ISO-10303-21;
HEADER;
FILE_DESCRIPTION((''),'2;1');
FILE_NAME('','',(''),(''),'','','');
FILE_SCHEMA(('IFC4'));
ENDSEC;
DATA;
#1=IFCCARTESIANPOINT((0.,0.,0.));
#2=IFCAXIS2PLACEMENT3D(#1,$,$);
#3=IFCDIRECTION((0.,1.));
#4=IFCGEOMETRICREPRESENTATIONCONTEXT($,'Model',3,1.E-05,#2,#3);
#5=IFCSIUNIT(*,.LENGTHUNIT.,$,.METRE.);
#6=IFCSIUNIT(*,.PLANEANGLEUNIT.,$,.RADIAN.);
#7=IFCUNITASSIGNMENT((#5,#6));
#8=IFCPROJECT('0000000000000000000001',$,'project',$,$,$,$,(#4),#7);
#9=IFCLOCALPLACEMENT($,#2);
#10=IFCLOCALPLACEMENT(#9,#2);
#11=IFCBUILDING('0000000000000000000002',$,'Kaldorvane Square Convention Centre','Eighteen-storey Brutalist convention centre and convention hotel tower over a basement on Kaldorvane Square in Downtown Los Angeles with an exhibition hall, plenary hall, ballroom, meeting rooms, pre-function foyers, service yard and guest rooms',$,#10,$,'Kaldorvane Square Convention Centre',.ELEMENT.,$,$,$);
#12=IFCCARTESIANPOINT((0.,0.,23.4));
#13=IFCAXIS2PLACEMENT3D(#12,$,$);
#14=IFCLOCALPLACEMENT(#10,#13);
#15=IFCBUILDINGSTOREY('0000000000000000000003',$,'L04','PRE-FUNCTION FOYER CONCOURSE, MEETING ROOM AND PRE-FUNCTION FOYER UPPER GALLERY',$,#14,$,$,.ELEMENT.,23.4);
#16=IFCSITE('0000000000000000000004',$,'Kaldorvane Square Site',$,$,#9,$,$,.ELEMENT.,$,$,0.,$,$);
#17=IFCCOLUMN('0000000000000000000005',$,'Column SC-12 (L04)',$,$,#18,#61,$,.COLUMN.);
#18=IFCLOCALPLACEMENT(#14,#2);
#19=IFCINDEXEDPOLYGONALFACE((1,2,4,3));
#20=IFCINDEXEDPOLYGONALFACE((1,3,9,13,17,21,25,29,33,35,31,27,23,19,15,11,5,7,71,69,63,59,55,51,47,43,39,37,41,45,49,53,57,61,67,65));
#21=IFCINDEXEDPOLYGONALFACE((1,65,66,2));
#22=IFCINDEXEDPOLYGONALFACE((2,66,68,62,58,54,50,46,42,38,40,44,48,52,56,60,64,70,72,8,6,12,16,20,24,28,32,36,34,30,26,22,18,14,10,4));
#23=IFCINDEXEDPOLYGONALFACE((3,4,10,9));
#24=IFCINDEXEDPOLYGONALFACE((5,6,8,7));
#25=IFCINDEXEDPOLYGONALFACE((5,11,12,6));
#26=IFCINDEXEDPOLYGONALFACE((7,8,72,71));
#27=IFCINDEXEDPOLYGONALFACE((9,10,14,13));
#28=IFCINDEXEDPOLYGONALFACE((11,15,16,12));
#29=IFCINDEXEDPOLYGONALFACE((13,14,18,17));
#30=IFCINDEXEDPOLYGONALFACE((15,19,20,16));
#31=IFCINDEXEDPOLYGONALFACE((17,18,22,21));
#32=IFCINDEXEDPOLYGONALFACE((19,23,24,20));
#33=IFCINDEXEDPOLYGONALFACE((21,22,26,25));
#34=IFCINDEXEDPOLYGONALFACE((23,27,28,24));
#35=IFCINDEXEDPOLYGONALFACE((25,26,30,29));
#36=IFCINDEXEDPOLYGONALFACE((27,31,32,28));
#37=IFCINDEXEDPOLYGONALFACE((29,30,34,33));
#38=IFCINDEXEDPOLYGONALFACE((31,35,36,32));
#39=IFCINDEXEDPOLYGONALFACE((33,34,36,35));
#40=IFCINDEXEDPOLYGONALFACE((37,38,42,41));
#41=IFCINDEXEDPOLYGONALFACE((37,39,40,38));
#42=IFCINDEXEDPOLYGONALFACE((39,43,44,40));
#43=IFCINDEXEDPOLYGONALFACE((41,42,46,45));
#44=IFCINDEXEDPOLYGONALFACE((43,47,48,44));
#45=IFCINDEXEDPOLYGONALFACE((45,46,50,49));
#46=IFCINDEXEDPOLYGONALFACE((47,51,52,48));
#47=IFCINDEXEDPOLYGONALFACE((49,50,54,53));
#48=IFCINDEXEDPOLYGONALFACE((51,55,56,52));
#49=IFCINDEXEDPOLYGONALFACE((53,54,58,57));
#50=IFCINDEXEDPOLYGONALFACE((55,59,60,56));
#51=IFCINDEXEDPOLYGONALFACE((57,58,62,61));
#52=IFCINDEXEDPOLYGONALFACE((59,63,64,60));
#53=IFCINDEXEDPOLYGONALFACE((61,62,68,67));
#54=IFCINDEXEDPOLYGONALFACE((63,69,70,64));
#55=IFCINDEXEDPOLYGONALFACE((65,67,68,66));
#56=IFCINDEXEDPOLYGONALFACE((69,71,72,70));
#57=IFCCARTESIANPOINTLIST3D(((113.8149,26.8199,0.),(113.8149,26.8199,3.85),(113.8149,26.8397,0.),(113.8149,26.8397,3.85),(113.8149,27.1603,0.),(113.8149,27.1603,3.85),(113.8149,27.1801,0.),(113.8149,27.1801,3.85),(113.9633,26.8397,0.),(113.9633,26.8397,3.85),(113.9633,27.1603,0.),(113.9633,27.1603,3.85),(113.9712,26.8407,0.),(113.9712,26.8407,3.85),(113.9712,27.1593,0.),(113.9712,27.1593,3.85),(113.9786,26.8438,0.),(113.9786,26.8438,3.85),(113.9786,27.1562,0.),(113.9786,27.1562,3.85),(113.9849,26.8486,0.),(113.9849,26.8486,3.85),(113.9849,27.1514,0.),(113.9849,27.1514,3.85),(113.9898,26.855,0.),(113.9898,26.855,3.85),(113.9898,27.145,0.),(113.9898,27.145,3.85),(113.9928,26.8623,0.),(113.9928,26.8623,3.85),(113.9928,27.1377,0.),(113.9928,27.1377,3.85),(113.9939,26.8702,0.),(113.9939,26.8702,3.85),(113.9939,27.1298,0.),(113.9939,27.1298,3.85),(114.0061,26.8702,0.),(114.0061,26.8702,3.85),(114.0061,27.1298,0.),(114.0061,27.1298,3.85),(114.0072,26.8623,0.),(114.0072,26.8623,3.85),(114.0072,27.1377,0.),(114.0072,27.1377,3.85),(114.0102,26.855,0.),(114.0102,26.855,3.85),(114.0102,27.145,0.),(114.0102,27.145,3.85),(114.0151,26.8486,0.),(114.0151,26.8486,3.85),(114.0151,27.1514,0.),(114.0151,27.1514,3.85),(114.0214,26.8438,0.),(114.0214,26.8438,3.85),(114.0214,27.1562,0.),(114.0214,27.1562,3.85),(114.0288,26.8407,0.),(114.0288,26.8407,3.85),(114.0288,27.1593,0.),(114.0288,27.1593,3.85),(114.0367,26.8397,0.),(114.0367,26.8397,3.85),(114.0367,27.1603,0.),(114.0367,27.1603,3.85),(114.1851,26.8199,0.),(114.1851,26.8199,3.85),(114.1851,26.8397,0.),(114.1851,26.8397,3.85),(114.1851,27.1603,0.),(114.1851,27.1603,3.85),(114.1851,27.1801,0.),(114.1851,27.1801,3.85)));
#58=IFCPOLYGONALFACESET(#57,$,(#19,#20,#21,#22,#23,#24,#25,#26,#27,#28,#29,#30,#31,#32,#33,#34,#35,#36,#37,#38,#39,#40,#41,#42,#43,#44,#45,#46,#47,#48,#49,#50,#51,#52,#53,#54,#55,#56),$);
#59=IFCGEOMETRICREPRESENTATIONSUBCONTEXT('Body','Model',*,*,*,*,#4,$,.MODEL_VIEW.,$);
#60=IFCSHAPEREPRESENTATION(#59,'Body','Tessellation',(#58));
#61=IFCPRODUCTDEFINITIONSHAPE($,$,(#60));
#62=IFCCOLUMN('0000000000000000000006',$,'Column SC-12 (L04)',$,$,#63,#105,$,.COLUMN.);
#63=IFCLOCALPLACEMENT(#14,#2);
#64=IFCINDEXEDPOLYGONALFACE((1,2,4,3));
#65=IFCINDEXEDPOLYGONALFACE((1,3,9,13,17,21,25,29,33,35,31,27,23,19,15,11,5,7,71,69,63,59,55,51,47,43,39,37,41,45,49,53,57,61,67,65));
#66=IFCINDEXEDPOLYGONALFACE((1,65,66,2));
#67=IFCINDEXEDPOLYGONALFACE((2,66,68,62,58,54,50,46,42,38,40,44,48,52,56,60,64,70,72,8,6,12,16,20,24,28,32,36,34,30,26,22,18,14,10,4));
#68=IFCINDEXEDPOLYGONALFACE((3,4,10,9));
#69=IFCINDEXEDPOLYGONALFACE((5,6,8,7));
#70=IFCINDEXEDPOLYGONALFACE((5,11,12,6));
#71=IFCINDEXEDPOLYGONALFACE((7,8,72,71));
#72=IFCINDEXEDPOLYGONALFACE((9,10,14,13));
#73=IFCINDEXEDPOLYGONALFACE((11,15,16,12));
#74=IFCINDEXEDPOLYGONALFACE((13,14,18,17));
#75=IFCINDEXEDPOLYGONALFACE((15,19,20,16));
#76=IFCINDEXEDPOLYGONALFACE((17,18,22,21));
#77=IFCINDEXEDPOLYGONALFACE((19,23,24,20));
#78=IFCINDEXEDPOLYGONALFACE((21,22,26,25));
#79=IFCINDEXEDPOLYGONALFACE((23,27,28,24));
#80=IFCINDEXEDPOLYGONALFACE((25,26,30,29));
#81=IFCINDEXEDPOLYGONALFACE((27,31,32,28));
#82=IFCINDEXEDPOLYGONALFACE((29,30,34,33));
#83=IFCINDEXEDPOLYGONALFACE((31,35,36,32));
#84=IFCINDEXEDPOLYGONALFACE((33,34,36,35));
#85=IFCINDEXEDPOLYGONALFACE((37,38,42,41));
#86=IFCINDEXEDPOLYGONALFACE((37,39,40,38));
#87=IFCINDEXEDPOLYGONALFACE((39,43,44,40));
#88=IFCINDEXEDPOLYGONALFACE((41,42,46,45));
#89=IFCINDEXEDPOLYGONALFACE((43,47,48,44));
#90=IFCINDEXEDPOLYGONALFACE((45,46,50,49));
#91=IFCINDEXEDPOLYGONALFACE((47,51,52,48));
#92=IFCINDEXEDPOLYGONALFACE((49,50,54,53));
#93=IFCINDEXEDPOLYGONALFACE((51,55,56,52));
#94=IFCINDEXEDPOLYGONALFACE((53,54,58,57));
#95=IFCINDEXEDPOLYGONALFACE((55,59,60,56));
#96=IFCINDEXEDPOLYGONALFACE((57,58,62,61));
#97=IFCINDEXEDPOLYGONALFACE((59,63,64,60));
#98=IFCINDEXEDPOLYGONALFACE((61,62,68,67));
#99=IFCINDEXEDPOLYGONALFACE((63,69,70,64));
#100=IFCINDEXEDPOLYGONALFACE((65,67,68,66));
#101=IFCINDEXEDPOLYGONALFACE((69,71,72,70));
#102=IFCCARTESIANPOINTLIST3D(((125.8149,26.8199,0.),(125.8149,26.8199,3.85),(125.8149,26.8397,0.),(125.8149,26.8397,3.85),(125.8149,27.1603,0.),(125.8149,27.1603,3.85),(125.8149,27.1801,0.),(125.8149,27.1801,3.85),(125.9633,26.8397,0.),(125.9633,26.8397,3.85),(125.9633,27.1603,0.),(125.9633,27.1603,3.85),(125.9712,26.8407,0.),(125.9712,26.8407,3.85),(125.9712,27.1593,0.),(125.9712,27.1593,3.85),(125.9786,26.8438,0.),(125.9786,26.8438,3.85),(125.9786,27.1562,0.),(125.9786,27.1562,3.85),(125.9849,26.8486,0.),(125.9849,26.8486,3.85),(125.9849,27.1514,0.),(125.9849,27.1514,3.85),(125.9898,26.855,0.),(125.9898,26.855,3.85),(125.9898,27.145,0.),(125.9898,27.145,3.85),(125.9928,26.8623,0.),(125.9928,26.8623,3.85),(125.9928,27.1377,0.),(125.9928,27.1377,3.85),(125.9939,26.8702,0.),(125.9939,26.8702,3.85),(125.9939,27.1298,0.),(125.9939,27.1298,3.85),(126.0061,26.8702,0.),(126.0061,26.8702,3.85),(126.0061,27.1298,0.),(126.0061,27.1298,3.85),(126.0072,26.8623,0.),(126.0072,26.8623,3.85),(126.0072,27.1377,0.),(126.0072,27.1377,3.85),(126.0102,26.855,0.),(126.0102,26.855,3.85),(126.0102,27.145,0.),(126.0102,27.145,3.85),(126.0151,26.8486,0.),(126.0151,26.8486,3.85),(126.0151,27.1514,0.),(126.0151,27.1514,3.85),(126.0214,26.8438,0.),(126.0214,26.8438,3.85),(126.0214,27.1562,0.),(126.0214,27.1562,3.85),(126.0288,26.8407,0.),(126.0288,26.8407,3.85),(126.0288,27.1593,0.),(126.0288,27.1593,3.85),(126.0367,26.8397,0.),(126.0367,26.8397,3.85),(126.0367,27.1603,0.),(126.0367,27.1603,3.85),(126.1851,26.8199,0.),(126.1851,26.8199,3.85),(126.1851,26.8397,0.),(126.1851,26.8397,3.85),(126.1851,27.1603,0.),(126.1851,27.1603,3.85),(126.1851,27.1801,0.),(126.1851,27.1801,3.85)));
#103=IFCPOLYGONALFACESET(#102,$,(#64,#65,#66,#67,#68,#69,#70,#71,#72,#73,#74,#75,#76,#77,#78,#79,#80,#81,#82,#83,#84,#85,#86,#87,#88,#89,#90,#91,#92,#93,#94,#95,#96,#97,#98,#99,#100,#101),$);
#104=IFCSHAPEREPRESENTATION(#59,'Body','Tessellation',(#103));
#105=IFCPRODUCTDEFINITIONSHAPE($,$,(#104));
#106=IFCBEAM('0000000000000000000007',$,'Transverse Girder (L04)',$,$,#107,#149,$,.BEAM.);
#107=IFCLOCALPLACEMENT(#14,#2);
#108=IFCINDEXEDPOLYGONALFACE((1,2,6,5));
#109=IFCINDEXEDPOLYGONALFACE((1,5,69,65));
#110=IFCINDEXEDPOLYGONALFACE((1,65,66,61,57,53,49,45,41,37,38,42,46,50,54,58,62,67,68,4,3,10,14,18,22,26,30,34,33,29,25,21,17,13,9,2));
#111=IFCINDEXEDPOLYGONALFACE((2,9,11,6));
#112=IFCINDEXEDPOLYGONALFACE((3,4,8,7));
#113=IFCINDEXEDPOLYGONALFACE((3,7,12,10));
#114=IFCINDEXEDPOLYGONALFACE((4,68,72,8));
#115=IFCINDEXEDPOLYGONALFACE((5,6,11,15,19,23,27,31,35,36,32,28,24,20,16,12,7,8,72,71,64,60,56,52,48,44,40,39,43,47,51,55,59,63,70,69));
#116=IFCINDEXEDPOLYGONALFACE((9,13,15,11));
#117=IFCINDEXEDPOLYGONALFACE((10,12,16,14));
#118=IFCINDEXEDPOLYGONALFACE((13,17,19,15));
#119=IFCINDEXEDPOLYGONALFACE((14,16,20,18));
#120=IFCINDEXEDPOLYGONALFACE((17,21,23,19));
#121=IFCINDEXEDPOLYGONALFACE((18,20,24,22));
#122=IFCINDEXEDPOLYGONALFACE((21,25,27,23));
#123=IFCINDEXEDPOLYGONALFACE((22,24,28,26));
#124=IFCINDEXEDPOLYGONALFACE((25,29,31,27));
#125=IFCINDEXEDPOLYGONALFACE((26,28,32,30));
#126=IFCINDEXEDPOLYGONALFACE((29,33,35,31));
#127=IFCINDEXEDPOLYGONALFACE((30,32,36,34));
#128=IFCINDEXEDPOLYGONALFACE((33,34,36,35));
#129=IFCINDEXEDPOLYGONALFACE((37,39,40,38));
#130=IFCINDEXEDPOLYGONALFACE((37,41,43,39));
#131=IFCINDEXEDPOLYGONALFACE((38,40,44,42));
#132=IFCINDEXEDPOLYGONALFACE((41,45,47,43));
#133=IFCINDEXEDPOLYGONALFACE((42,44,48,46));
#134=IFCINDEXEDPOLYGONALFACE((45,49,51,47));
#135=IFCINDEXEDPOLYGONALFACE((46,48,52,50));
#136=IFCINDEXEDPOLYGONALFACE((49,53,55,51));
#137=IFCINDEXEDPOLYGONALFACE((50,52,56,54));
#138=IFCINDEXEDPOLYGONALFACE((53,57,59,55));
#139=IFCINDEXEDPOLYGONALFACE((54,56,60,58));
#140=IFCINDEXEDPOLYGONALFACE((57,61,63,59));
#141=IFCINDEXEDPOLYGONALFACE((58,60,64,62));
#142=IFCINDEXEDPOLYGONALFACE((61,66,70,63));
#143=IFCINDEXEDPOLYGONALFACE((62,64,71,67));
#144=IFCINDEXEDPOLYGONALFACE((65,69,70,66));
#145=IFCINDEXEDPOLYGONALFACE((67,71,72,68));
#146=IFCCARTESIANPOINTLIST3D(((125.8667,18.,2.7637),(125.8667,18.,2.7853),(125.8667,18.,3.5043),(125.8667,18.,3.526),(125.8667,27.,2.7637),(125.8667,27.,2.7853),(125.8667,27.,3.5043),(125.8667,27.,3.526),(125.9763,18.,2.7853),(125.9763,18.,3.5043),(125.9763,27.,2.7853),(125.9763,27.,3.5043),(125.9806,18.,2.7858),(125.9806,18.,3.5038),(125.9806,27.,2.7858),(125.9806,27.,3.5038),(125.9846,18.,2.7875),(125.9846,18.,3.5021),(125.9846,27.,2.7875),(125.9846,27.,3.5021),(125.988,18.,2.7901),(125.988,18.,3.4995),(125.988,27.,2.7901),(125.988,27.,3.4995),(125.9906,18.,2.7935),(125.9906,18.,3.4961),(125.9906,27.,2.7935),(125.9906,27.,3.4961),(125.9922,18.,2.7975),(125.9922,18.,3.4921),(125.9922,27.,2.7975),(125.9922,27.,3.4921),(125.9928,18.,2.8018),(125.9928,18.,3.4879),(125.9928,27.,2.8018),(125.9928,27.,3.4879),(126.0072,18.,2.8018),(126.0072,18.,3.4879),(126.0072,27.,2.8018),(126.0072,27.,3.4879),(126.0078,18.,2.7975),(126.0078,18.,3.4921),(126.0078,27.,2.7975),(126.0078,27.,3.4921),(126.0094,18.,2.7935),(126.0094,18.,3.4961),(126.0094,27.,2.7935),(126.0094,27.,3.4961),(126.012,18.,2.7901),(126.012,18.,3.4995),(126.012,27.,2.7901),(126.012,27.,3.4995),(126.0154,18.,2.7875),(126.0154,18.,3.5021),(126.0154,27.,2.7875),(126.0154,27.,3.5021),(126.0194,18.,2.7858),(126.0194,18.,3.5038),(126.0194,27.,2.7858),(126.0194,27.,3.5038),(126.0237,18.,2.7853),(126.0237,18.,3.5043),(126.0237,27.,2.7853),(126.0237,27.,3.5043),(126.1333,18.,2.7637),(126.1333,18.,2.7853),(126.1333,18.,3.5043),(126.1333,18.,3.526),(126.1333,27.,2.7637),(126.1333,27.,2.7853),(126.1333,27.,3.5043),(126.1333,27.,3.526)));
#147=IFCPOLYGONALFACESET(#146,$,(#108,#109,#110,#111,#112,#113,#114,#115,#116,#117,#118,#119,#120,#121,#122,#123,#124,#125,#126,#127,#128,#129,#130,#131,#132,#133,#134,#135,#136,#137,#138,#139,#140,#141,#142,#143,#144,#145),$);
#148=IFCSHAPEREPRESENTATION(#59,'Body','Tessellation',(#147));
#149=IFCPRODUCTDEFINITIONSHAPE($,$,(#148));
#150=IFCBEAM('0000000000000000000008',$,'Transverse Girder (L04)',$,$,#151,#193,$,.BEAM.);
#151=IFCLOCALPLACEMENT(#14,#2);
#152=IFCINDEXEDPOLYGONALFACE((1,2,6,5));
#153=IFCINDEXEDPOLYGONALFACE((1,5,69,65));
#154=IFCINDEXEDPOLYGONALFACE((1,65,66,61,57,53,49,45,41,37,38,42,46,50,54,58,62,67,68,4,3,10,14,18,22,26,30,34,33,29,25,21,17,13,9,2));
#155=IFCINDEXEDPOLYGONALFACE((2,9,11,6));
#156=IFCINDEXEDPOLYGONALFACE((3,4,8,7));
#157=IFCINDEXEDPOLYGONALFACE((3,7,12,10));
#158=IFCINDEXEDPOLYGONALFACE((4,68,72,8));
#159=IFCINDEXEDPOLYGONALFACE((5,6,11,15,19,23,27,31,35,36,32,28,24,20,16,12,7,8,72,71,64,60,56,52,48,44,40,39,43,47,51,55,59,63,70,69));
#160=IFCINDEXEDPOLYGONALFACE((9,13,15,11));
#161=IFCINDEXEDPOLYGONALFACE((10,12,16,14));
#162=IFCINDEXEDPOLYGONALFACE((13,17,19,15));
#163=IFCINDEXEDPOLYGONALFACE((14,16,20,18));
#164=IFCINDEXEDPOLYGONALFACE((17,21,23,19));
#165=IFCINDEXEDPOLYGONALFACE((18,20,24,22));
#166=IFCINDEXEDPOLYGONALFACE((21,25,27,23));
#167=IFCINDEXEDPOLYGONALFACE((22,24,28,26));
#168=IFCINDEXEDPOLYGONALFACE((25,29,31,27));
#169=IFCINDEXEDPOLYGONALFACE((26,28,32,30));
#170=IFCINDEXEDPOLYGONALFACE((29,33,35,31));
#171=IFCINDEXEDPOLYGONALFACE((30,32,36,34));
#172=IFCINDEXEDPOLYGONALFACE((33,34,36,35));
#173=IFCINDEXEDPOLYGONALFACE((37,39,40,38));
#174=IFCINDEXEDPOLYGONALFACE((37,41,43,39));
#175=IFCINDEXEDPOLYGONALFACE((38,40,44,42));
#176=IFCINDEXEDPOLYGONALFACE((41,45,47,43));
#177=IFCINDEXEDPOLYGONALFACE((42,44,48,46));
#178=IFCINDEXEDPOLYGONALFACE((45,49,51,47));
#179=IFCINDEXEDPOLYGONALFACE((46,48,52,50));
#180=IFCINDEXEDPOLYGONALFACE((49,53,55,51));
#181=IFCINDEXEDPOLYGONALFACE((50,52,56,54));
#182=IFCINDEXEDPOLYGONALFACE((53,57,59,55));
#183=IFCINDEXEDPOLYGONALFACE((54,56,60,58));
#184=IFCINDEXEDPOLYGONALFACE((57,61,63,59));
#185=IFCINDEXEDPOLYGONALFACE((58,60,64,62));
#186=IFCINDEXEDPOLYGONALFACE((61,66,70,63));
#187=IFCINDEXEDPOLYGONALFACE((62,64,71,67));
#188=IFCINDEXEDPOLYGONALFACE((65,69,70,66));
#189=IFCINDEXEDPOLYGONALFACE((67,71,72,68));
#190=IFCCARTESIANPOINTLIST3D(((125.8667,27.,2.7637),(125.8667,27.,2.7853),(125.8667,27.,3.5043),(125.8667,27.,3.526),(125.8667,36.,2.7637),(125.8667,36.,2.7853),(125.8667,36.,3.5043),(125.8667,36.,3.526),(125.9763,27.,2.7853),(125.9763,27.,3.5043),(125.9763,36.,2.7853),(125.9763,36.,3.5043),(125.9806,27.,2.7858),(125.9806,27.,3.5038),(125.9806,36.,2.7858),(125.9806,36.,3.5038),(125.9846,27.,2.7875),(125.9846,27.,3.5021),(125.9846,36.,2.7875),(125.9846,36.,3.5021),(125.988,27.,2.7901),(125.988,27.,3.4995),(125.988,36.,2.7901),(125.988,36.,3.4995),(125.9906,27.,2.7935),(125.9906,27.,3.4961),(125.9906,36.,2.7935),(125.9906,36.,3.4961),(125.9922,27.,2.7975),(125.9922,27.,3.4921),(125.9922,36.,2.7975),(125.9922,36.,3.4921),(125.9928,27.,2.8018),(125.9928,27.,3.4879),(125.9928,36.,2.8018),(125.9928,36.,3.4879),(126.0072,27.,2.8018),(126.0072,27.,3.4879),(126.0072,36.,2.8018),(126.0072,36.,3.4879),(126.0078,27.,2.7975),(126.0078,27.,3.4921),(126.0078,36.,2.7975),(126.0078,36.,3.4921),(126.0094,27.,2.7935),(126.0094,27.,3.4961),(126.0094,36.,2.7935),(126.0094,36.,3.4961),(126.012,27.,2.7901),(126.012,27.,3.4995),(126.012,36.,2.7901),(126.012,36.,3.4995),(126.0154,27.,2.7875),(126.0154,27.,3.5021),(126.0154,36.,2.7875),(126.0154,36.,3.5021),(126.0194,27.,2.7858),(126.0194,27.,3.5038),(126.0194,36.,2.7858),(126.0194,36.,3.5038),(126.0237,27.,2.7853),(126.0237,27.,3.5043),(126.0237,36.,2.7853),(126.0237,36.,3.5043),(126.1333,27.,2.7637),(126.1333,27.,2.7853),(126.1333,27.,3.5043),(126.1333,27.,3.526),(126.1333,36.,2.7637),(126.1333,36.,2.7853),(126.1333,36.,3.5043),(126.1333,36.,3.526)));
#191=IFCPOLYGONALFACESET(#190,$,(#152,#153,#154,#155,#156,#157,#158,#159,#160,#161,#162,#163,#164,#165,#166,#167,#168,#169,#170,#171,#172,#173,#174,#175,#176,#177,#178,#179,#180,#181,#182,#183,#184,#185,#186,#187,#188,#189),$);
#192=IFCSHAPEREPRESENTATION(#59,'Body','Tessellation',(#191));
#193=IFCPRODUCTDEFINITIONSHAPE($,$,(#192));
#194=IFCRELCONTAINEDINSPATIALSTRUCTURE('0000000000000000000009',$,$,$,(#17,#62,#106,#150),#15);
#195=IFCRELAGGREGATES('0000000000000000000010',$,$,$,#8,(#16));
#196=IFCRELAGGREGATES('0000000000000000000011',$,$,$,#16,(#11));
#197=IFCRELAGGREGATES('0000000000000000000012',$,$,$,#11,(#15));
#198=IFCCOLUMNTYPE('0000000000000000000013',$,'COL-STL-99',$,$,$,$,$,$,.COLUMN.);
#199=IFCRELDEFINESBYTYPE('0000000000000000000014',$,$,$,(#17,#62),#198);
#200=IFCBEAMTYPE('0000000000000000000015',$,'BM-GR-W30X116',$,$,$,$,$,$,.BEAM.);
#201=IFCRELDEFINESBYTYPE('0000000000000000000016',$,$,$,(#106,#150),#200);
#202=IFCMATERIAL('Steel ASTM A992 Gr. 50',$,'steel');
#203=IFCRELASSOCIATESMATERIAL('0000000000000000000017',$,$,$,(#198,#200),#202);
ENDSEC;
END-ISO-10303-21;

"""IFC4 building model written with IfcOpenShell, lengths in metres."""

from ifc_helpers import new_model, si_unit, direction, frame, origin, origin_2d, place, context, subcontext, project, spatial, i_section, extrude, material, material_profile, profile_set, type_object, element, save


model = new_model("IFC4")

# Units and contexts
model_context = context("Model", 3, precision=1e-05, world=origin(), true_north=direction((0.0, 1.0)))
body_context = subcontext(model_context, "Body", "Model", "MODEL_VIEW")
ifc_project = project(units=[si_unit("LENGTHUNIT", "METRE"), si_unit("PLANEANGLEUNIT", "RADIAN")], contexts=[model_context])

# Site, building, storey
site_placement = place(None, origin())
site = spatial("IfcSite", under=ifc_project, at=site_placement, Name="Kaldorvane Square Site", CompositionType="ELEMENT", RefElevation=0.0)
building_placement = place(site_placement, origin())
building = spatial("IfcBuilding", under=site, at=building_placement, Name="Kaldorvane Square Convention Centre", Description="Eighteen-storey Brutalist convention centre and convention hotel tower over a basement on Kaldorvane Square in Downtown Los Angeles with an exhibition hall, plenary hall, ballroom, meeting rooms, pre-function foyers, service yard and guest rooms", LongName="Kaldorvane Square Convention Centre", CompositionType="ELEMENT")
storey_placement = place(building_placement, frame((0.0, 0.0, 23.4)))
storey = spatial("IfcBuildingStorey", under=building, at=storey_placement, Name="L04", Description="PRE-FUNCTION FOYER CONCOURSE, MEETING ROOM AND PRE-FUNCTION FOYER UPPER GALLERY", CompositionType="ELEMENT", Elevation=23.4)

# Columns
ifc_material_1 = material(Name="Steel ASTM A992 Gr. 50", Category="steel")
ifc_material_profile_1 = material_profile(ifc_material_1, i_section(OverallWidth=0.3701, OverallDepth=0.3602, WebThickness=0.0123, FlangeThickness=0.0198, FilletRadius=0.0305, at=origin_2d()), Name="W14X99")
ifc_profile_set_1 = profile_set([ifc_material_profile_1], Name="Steel ASTM A992 Gr. 50")
column_type = type_object("IfcColumnType", Name="COL-STL-99", PredefinedType="COLUMN", material=ifc_profile_set_1)
for number, where, z_axis, x_axis, name in (
    (1, (114.0, 27.0, 0.0), (0.0, 0.0, 1.0), (1.0, 0.0, 0.0), "Column SC-12 (L04)"),
    (2, (126.0, 27.0, 0.0), (0.0, 0.0, 1.0), (1.0, 0.0, 0.0), "Column SC-12 (L04)"),
):
    element("IfcColumn", number, at=place(storey_placement, frame(where, z_axis=z_axis, x_axis=x_axis)), inside=storey, type_object=column_type, Name=name, PredefinedType="COLUMN", context=body_context, shape_type="SweptSolid", body=[
        extrude(i_section(OverallWidth=0.3701, OverallDepth=0.3602, WebThickness=0.0123, FlangeThickness=0.0198, FilletRadius=0.0305, at=origin_2d()), origin(), (0.0, 0.0, 1.0), 3.85),
    ])

# Beams
ifc_material_profile_2 = material_profile(ifc_material_1, i_section(OverallWidth=0.2666, OverallDepth=0.7623, WebThickness=0.0144, FlangeThickness=0.0216, FilletRadius=0.0165, at=origin_2d()), Name="W30X116")
ifc_profile_set_2 = profile_set([ifc_material_profile_2], Name="Steel ASTM A992 Gr. 50")
beam_type_1 = type_object("IfcBeamType", Name="BM-GR-W30X116", PredefinedType="BEAM", material=ifc_profile_set_2)
for number, where, z_axis, x_axis, name in (
    (3, (126.0, 18.0, 3.1448), (0.0, 1.0, 0.0), (-1.0, 0.0, 0.0), "Transverse Girder (L04)"),
    (4, (126.0, 27.0, 3.1448), (0.0, 1.0, 0.0), (-1.0, 0.0, 0.0), "Transverse Girder (L04)"),
):
    element("IfcBeam", number, at=place(storey_placement, frame(where, z_axis=z_axis, x_axis=x_axis)), inside=storey, type_object=beam_type_1, Name=name, PredefinedType="BEAM", context=body_context, shape_type="SweptSolid", body=[
        extrude(i_section(OverallWidth=0.2666, OverallDepth=0.7623, WebThickness=0.0144, FlangeThickness=0.0216, FilletRadius=0.0165, at=origin_2d()), origin(), (0.0, 0.0, 1.0), 9.0),
    ])

save(model, "model.ifc")
